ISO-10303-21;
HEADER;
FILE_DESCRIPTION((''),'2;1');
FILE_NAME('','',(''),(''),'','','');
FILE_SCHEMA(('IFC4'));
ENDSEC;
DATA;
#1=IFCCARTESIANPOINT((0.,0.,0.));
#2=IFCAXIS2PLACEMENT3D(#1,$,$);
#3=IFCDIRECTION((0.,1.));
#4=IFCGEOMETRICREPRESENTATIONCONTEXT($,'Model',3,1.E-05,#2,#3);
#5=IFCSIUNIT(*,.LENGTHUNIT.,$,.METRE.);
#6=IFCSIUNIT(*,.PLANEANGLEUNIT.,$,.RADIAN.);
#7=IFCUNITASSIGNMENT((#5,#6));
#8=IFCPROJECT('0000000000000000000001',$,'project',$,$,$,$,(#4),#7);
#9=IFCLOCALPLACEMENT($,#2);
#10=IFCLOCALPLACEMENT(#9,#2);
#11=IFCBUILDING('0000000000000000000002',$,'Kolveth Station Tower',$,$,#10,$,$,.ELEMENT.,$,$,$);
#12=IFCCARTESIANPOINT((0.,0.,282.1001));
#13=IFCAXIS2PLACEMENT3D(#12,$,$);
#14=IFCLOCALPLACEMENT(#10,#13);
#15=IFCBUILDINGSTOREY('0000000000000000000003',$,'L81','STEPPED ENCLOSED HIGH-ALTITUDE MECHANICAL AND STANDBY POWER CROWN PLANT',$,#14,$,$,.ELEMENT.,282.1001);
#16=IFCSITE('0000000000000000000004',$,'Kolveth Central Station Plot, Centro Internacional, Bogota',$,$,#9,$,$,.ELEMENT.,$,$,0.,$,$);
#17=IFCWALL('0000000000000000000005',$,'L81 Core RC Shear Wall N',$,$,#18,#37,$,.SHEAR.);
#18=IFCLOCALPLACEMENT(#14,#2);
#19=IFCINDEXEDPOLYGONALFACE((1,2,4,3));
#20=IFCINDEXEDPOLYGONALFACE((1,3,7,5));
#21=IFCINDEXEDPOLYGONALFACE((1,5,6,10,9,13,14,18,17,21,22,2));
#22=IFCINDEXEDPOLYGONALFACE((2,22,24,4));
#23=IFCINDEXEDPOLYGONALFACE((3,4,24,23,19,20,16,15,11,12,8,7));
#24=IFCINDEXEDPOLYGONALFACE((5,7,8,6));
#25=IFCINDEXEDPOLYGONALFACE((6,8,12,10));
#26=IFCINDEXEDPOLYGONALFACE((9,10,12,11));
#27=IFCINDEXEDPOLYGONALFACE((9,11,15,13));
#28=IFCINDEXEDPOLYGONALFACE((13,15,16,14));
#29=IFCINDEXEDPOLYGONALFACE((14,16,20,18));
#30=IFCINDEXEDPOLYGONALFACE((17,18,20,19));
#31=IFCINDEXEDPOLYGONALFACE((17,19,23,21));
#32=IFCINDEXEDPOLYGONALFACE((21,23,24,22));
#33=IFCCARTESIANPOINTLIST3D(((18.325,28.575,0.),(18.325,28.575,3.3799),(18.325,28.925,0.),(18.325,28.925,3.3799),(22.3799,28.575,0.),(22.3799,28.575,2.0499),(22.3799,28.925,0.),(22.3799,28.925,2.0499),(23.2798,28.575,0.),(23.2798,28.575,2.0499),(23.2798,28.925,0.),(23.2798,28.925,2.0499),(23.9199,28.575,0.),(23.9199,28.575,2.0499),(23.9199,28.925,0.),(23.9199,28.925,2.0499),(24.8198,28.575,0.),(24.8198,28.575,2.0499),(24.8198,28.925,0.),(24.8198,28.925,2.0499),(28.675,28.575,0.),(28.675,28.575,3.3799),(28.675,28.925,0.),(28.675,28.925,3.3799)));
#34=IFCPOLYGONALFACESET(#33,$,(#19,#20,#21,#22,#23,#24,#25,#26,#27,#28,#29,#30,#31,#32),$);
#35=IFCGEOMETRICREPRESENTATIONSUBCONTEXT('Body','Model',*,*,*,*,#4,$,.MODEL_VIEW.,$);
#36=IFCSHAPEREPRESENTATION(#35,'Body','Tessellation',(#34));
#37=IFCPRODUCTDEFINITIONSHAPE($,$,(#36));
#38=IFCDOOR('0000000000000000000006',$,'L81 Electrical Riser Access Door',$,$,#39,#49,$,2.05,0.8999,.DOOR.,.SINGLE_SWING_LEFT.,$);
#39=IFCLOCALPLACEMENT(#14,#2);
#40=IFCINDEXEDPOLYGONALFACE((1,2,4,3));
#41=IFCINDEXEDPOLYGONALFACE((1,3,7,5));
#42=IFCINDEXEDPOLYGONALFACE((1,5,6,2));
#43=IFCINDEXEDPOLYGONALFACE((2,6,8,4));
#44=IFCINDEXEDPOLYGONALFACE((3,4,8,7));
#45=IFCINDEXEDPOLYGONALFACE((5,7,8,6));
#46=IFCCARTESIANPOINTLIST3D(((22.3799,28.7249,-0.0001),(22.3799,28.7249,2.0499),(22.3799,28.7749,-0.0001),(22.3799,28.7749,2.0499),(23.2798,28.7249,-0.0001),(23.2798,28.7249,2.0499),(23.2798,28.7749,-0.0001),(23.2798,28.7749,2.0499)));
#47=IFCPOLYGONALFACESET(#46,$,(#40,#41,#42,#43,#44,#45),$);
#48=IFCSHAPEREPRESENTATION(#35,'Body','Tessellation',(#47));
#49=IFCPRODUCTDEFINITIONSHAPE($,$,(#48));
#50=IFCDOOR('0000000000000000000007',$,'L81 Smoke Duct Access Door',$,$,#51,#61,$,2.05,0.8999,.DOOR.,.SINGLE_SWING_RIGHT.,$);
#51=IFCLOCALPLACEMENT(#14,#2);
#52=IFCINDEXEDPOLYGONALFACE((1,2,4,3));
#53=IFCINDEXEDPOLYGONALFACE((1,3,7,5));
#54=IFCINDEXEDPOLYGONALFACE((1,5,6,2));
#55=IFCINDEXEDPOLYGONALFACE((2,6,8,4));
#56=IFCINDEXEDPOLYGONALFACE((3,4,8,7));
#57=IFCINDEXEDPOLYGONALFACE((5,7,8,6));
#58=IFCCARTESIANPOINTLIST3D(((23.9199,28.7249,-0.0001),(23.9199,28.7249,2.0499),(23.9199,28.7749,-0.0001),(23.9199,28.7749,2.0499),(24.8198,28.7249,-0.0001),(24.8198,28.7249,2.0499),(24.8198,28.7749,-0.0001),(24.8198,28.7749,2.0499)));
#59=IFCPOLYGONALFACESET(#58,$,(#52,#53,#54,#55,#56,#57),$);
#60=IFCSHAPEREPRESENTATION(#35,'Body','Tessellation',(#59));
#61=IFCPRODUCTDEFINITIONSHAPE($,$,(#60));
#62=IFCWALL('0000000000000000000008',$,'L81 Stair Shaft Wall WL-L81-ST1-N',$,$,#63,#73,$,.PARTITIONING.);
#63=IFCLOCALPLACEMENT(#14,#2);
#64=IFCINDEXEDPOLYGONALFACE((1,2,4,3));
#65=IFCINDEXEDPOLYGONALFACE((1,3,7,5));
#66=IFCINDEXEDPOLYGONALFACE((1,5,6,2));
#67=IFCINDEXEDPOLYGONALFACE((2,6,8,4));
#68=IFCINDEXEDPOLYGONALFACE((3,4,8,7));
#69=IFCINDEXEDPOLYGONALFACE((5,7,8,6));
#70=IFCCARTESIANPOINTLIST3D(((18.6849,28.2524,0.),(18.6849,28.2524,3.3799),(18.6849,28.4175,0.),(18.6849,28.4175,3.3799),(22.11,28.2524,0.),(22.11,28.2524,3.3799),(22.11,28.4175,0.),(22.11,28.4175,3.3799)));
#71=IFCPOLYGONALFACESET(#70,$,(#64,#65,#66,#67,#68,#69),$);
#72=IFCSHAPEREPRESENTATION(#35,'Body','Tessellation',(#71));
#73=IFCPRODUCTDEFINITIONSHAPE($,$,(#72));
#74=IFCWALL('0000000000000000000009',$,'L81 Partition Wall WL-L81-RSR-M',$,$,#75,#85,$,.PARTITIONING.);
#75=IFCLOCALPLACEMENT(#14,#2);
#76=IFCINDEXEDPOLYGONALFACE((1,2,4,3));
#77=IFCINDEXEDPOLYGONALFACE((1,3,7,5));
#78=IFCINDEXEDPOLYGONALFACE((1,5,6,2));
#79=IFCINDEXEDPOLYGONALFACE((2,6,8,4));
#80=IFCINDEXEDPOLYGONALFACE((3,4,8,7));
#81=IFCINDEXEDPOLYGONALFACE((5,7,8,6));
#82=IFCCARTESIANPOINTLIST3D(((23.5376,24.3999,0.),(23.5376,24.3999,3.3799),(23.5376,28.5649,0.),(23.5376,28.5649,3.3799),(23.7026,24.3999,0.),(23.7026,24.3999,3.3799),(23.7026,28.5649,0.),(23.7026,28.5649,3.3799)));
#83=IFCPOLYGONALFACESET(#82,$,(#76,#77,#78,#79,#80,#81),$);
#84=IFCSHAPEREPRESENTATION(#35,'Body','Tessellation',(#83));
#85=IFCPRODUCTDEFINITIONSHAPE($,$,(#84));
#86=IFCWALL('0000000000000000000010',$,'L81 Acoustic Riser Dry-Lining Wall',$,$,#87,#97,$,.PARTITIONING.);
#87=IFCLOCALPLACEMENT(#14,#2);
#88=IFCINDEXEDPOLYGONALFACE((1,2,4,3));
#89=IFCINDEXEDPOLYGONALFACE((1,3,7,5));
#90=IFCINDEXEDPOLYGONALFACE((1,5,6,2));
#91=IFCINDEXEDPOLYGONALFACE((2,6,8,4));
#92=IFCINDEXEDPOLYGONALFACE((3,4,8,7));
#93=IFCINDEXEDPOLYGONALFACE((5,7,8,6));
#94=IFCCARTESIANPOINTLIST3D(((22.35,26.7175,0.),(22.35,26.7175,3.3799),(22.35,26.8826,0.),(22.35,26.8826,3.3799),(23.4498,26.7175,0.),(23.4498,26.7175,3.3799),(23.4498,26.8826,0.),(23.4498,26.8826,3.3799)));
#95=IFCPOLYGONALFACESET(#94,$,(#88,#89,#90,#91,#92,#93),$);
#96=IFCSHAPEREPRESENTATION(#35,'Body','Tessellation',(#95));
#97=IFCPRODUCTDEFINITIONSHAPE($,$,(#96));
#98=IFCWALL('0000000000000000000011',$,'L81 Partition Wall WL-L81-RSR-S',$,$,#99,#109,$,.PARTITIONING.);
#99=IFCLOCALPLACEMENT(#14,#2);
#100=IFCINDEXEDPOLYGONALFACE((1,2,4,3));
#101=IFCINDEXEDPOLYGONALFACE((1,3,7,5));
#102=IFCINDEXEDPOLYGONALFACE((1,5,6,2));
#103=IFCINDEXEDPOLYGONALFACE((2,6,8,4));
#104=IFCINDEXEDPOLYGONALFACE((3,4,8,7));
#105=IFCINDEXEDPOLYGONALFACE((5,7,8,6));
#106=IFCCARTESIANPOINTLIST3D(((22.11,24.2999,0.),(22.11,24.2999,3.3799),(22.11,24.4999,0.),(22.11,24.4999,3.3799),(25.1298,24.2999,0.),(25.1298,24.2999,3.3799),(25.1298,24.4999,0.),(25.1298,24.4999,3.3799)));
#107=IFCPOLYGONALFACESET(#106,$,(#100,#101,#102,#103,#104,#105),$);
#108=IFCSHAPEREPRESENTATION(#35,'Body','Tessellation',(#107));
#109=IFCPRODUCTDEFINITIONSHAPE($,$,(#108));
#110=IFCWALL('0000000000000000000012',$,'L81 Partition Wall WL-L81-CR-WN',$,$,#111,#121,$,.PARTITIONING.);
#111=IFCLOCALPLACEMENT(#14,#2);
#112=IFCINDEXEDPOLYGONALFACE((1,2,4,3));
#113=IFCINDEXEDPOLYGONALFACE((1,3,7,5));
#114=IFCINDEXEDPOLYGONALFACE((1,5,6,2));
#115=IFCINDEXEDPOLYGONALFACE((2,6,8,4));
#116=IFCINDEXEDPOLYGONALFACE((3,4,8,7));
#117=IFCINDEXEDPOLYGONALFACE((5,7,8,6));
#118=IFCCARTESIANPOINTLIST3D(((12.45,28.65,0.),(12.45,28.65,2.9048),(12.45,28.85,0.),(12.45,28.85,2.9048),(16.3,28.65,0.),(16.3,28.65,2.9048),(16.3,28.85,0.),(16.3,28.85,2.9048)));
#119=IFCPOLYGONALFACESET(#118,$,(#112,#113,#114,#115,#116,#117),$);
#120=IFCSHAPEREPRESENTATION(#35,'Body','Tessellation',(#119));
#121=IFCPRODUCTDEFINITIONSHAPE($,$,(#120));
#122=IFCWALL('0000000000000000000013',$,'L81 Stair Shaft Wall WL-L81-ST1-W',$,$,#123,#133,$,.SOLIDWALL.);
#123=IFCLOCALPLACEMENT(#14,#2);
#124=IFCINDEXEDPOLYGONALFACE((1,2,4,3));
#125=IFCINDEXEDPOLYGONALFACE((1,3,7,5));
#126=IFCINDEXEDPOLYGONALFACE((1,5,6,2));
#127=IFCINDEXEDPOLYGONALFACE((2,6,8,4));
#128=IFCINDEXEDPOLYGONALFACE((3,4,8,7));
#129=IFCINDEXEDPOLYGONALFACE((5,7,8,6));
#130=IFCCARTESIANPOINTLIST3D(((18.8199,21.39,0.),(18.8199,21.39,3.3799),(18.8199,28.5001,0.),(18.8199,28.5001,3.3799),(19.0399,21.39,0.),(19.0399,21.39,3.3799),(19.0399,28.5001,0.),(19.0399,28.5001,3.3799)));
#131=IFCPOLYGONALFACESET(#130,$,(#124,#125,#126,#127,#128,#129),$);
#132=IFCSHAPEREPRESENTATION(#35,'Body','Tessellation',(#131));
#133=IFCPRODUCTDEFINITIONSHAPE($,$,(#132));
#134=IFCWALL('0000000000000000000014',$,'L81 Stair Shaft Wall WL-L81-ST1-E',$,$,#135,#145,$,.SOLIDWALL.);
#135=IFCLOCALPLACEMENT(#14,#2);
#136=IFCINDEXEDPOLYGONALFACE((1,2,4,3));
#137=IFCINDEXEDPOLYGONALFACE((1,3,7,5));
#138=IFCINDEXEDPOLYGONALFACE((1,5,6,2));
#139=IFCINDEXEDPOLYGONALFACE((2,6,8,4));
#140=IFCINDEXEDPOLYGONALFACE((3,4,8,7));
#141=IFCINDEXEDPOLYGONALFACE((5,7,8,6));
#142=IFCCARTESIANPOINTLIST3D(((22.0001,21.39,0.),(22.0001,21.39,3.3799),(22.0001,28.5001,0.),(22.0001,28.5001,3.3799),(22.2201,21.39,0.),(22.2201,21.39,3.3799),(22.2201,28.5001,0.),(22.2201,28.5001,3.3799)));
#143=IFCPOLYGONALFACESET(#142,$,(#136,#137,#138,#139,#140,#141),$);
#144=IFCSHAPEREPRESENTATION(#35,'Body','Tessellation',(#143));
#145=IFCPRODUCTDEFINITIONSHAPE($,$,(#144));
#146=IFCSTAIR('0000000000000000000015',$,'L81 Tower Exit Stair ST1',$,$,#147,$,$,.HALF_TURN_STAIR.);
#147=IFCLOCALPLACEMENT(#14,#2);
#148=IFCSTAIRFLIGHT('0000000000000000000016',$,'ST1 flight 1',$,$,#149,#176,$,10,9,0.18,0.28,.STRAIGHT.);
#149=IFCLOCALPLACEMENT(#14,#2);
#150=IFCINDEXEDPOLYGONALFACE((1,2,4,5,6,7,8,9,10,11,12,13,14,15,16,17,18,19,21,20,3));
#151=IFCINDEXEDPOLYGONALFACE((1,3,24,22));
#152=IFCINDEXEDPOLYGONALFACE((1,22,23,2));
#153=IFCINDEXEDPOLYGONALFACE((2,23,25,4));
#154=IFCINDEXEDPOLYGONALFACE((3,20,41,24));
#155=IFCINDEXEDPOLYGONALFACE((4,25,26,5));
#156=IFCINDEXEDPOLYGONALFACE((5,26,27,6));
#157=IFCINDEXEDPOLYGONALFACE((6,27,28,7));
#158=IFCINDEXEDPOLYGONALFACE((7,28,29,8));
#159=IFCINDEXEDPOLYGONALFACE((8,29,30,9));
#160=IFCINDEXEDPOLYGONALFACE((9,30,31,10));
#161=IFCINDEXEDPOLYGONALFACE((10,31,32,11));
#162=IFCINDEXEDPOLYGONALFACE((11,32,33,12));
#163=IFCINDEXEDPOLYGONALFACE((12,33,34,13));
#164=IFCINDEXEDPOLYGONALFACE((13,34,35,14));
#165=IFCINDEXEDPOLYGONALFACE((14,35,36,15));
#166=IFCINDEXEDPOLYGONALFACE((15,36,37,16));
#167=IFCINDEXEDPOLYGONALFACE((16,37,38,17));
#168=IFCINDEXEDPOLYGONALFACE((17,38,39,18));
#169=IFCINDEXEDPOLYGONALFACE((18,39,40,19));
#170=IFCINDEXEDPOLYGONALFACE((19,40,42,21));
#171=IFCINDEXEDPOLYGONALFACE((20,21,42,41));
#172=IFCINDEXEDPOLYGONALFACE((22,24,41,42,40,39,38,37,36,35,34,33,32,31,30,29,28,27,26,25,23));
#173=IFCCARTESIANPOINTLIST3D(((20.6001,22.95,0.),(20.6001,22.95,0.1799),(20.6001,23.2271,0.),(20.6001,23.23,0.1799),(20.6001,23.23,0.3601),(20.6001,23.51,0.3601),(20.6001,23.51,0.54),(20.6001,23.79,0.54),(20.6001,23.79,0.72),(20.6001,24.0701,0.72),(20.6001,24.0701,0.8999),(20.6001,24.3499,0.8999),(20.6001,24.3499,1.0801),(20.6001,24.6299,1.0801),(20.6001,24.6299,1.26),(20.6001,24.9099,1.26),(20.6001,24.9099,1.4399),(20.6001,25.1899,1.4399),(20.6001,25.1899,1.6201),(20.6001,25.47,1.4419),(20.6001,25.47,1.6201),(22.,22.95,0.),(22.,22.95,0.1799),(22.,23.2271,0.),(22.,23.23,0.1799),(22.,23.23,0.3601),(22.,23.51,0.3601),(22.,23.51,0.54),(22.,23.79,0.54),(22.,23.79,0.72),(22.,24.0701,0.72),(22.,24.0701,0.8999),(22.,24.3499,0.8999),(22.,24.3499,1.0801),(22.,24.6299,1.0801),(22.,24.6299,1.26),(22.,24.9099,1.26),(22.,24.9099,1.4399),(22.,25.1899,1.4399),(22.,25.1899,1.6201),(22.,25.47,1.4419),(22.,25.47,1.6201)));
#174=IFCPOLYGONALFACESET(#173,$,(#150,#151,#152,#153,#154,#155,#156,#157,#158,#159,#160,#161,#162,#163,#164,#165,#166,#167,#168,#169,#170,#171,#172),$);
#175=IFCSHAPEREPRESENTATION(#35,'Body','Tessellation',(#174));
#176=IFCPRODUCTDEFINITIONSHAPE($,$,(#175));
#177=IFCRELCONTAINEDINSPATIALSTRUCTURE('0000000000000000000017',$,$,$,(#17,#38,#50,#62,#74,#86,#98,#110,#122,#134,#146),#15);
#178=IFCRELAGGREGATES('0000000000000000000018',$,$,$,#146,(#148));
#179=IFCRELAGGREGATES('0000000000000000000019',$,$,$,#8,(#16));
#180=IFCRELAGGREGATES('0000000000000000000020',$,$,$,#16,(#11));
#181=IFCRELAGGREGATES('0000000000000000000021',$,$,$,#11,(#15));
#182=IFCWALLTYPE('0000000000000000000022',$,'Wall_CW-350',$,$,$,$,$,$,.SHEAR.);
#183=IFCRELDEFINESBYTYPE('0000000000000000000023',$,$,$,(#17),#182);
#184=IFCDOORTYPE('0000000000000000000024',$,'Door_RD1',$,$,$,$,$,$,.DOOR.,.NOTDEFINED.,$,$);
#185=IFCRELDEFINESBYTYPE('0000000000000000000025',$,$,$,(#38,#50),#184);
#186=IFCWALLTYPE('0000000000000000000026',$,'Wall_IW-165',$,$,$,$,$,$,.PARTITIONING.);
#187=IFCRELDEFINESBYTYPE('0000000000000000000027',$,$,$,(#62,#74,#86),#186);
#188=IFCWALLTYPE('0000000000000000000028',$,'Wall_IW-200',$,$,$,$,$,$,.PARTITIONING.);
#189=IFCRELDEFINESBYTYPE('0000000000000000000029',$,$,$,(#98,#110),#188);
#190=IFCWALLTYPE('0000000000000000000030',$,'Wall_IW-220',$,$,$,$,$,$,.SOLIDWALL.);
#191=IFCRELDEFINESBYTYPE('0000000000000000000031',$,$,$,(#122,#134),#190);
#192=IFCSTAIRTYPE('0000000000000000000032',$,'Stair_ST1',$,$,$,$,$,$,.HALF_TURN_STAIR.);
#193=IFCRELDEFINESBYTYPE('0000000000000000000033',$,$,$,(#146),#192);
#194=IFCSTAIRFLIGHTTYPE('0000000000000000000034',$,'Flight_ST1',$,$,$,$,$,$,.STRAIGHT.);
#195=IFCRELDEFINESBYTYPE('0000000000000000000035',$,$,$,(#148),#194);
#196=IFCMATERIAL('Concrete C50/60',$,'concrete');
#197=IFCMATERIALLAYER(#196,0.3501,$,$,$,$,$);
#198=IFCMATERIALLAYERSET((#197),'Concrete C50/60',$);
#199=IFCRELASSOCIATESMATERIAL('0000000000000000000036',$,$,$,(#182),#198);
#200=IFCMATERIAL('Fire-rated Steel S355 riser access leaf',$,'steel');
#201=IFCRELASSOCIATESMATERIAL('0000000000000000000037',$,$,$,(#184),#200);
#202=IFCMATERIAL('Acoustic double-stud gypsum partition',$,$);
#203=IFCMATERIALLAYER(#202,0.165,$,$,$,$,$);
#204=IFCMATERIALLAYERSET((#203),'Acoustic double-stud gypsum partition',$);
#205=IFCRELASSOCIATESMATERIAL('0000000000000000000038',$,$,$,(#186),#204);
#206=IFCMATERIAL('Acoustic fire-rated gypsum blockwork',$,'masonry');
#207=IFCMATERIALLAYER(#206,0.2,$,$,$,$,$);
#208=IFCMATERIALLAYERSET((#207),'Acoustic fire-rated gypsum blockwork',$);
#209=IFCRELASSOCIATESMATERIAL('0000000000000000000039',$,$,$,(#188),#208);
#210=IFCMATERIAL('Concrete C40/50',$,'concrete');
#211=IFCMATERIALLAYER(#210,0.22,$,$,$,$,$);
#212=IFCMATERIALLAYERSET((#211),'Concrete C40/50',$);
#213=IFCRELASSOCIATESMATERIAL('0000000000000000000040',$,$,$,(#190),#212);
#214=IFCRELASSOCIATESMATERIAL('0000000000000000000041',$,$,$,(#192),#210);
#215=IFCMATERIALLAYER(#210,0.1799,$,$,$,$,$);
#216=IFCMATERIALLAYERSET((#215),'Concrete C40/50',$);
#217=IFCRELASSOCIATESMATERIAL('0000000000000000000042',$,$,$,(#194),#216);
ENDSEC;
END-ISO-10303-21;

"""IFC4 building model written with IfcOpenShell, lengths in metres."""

from ifc_helpers import new_model, si_unit, direction, frame, frame_2d, origin, place, context, subcontext, project, spatial, polyline, rectangle, outline, extrude, material, layer, layer_set, type_object, element, fill, aggregate, save


model = new_model("IFC4")

# Units and contexts
model_context = context("Model", 3, precision=1e-05, world=origin(), true_north=direction((0.0, 1.0)))
body_context = subcontext(model_context, "Body", "Model", "MODEL_VIEW")
ifc_project = project(units=[si_unit("LENGTHUNIT", "METRE"), si_unit("PLANEANGLEUNIT", "RADIAN")], contexts=[model_context])

# Site, building, storey
site_placement = place(None, origin())
site = spatial("IfcSite", under=ifc_project, at=site_placement, Name="Kolveth Central Station Plot, Centro Internacional, Bogota", CompositionType="ELEMENT", RefElevation=0.0)
building_placement = place(site_placement, origin())
building = spatial("IfcBuilding", under=site, at=building_placement, Name="Kolveth Station Tower", CompositionType="ELEMENT")
storey_placement = place(building_placement, frame((0.0, 0.0, 282.1001)))
storey = spatial("IfcBuildingStorey", under=building, at=storey_placement, Name="L81", Description="STEPPED ENCLOSED HIGH-ALTITUDE MECHANICAL AND STANDBY POWER CROWN PLANT", CompositionType="ELEMENT", Elevation=282.1001)

# Wall, openings, doors
ifc_material_1 = material(Name="Concrete C50/60", Category="concrete")
ifc_layer_1 = layer(ifc_material_1, 0.3501)
ifc_layer_set_1 = layer_set([ifc_layer_1], Name="Concrete C50/60")
wall_type_1 = type_object("IfcWallType", Name="Wall_CW-350", PredefinedType="SHEAR", material=ifc_layer_set_1)
wall_1_placement = place(storey_placement, frame((18.325, 28.75, 0.0), z_axis=(0.0, 0.0, 1.0), x_axis=(1.0, 0.0, 0.0)))
wall_1 = element("IfcWall", 1, at=wall_1_placement, inside=storey, type_object=wall_type_1, Name="L81 Core RC Shear Wall N", PredefinedType="SHEAR", context=body_context, shape_type="SweptSolid", body=[
    extrude(rectangle(XDim=10.3501, YDim=0.3501, at=frame_2d((5.175, 0.0))), origin(), (0.0, 0.0, 1.0), 3.3799),
])
opening_1_placement = place(wall_1_placement, frame((4.0549, 0.0, 0.0)))
opening_1 = element("IfcOpeningElement", 2, at=opening_1_placement, cuts=wall_1, PredefinedType="OPENING", context=body_context, shape_type="SweptSolid", body=[
    extrude(rectangle(XDim=0.8999, YDim=2.05, at=frame_2d((0.45, 1.0249))), frame((0.0, 0.1851, 0.0), z_axis=(0.0, -1.0, 0.0), x_axis=(1.0, 0.0, 0.0)), (0.0, 0.0, 1.0), 0.3701),
])
opening_2_placement = place(wall_1_placement, frame((5.595, 0.0, 0.0)))
opening_2 = element("IfcOpeningElement", 3, at=opening_2_placement, cuts=wall_1, PredefinedType="OPENING", context=body_context, shape_type="SweptSolid", body=[
    extrude(rectangle(XDim=0.8999, YDim=2.05, at=frame_2d((0.45, 1.0249))), frame((0.0, 0.1851, 0.0), z_axis=(0.0, -1.0, 0.0), x_axis=(1.0, 0.0, 0.0)), (0.0, 0.0, 1.0), 0.3701),
])
ifc_material_2 = material(Name="Fire-rated Steel S355 riser access leaf", Category="steel")
door_type = type_object("IfcDoorType", Name="Door_RD1", OperationType="NOTDEFINED", PredefinedType="DOOR", material=ifc_material_2)
door_1_placement = place(opening_1_placement, origin())
door_1 = element("IfcDoor", 4, at=door_1_placement, inside=storey, type_object=door_type, Name="L81 Electrical Riser Access Door", OperationType="SINGLE_SWING_LEFT", OverallHeight=2.05, OverallWidth=0.8999, PredefinedType="DOOR", context=body_context, shape_type="SweptSolid", body=[
    extrude(rectangle(XDim=0.8999, YDim=2.05, at=frame_2d((0.45, 1.0249))), frame((0.0, 0.0249, 0.0), z_axis=(0.0, -1.0, 0.0), x_axis=(1.0, 0.0, 0.0)), (0.0, 0.0, 1.0), 0.05),
])
fill(opening_1, door_1)
door_2_placement = place(opening_2_placement, origin())
door_2 = element("IfcDoor", 5, at=door_2_placement, inside=storey, type_object=door_type, Name="L81 Smoke Duct Access Door", OperationType="SINGLE_SWING_RIGHT", OverallHeight=2.05, OverallWidth=0.8999, PredefinedType="DOOR", context=body_context, shape_type="SweptSolid", body=[
    extrude(rectangle(XDim=0.8999, YDim=2.05, at=frame_2d((0.45, 1.0249))), frame((0.0, 0.0249, 0.0), z_axis=(0.0, -1.0, 0.0), x_axis=(1.0, 0.0, 0.0)), (0.0, 0.0, 1.0), 0.05),
])
fill(opening_2, door_2)

# Walls
ifc_material_3 = material(Name="Acoustic double-stud gypsum partition")
ifc_layer_2 = layer(ifc_material_3, 0.165)
ifc_layer_set_2 = layer_set([ifc_layer_2], Name="Acoustic double-stud gypsum partition")
wall_type_2 = type_object("IfcWallType", Name="Wall_IW-165", PredefinedType="PARTITIONING", material=ifc_layer_set_2)
wall_2_placement = place(storey_placement, frame((18.6851, 28.335, 0.0), z_axis=(0.0, 0.0, 1.0), x_axis=(1.0, 0.0, 0.0)))
element("IfcWall", 6, at=wall_2_placement, inside=storey, type_object=wall_type_2, Name="L81 Stair Shaft Wall WL-L81-ST1-N", PredefinedType="PARTITIONING", context=body_context, shape_type="SweptSolid", body=[
    extrude(rectangle(XDim=3.425, YDim=0.165, at=frame_2d((1.7124, 0.0))), origin(), (0.0, 0.0, 1.0), 3.3799),
])
wall_3_placement = place(storey_placement, frame((23.6201, 24.3999, 0.0), z_axis=(0.0, 0.0, 1.0), x_axis=(0.0, 1.0, 0.0)))
element("IfcWall", 7, at=wall_3_placement, inside=storey, type_object=wall_type_2, Name="L81 Partition Wall WL-L81-RSR-M", PredefinedType="PARTITIONING", context=body_context, shape_type="SweptSolid", body=[
    extrude(rectangle(XDim=4.165, YDim=0.165, at=frame_2d((2.0825, 0.0))), origin(), (0.0, 0.0, 1.0), 3.3799),
])
wall_4_placement = place(storey_placement, frame((22.3501, 26.8, 0.0), z_axis=(0.0, 0.0, 1.0), x_axis=(1.0, 0.0, 0.0)))
element("IfcWall", 8, at=wall_4_placement, inside=storey, type_object=wall_type_2, Name="L81 Acoustic Riser Dry-Lining Wall", PredefinedType="PARTITIONING", context=body_context, shape_type="SweptSolid", body=[
    extrude(rectangle(XDim=1.0999, YDim=0.165, at=frame_2d((0.5498, 0.0))), origin(), (0.0, 0.0, 1.0), 3.3799),
])
ifc_material_4 = material(Name="Acoustic fire-rated gypsum blockwork", Category="masonry")
ifc_layer_3 = layer(ifc_material_4, 0.2)
ifc_layer_set_3 = layer_set([ifc_layer_3], Name="Acoustic fire-rated gypsum blockwork")
wall_type_3 = type_object("IfcWallType", Name="Wall_IW-200", PredefinedType="PARTITIONING", material=ifc_layer_set_3)
wall_5_placement = place(storey_placement, frame((22.1101, 24.3999, 0.0), z_axis=(0.0, 0.0, 1.0), x_axis=(1.0, 0.0, 0.0)))
element("IfcWall", 9, at=wall_5_placement, inside=storey, type_object=wall_type_3, Name="L81 Partition Wall WL-L81-RSR-S", PredefinedType="PARTITIONING", context=body_context, shape_type="SweptSolid", body=[
    extrude(rectangle(XDim=3.0198, YDim=0.2, at=frame_2d((1.5098, 0.0))), origin(), (0.0, 0.0, 1.0), 3.3799),
])
wall_6_placement = place(storey_placement, frame((12.45, 28.75, 0.0), z_axis=(0.0, 0.0, 1.0), x_axis=(1.0, 0.0, 0.0)))
element("IfcWall", 10, at=wall_6_placement, inside=storey, type_object=wall_type_3, Name="L81 Partition Wall WL-L81-CR-WN", PredefinedType="PARTITIONING", context=body_context, shape_type="SweptSolid", body=[
    extrude(rectangle(XDim=3.8501, YDim=0.2, at=frame_2d((1.925, 0.0))), origin(), (0.0, 0.0, 1.0), 2.9048),
])
ifc_material_5 = material(Name="Concrete C40/50", Category="concrete")
ifc_layer_4 = layer(ifc_material_5, 0.22)
ifc_layer_set_4 = layer_set([ifc_layer_4], Name="Concrete C40/50")
wall_type_4 = type_object("IfcWallType", Name="Wall_IW-220", PredefinedType="SOLIDWALL", material=ifc_layer_set_4)
for number, where, z_axis, x_axis, name in (
    (11, (18.9299, 21.3899, 0.0), (0.0, 0.0, 1.0), (0.0, 1.0, 0.0), "L81 Stair Shaft Wall WL-L81-ST1-W"),
    (12, (22.1101, 21.3899, 0.0), (0.0, 0.0, 1.0), (0.0, 1.0, 0.0), "L81 Stair Shaft Wall WL-L81-ST1-E"),
):
    element("IfcWall", number, at=place(storey_placement, frame(where, z_axis=z_axis, x_axis=x_axis)), inside=storey, type_object=wall_type_4, Name=name, PredefinedType="SOLIDWALL", context=body_context, shape_type="SweptSolid", body=[
        extrude(rectangle(XDim=7.1101, YDim=0.22, at=frame_2d((3.5552, 0.0))), origin(), (0.0, 0.0, 1.0), 3.3799),
    ])

# Stair, stair flight
stair_type = type_object("IfcStairType", Name="Stair_ST1", PredefinedType="HALF_TURN_STAIR", material=ifc_material_5)
stair_placement = place(storey_placement, origin())
stair = element("IfcStair", 13, at=stair_placement, inside=storey, type_object=stair_type, Name="L81 Tower Exit Stair ST1", PredefinedType="HALF_TURN_STAIR")
ifc_layer_5 = layer(ifc_material_5, 0.1799)
ifc_layer_set_5 = layer_set([ifc_layer_5], Name="Concrete C40/50")
stair_flight_type = type_object("IfcStairFlightType", Name="Flight_ST1", PredefinedType="STRAIGHT", material=ifc_layer_set_5)
stair_flight_1_placement = place(storey_placement, frame((21.3, 22.95, 0.0), z_axis=(0.0, 0.0, 1.0), x_axis=(0.0, 1.0, 0.0)))
stair_flight_1 = element("IfcStairFlight", 14, at=stair_flight_1_placement, type_object=stair_flight_type, Name="ST1 flight 1", NumberOfRisers=10, NumberOfTreads=9, PredefinedType="STRAIGHT", RiserHeight=0.18, TreadLength=0.28, context=body_context, shape_type="SweptSolid", body=[
    extrude(outline(polyline([(0.0, 0.0), (0.0, 0.1799), (0.28, 0.1799), (0.28, 0.3601), (0.5601, 0.3601), (0.5601, 0.54), (0.8401, 0.54), (0.8401, 0.72), (1.1201, 0.72), (1.1201, 0.8999), (1.3999, 0.8999), (1.3999, 1.0801), (1.6799, 1.0801), (1.6799, 1.26), (1.96, 1.26), (1.96, 1.4399), (2.24, 1.4399), (2.24, 1.6201), (2.52, 1.6201), (2.52, 1.8), (2.52, 1.4419), (0.2771, 0.0), (0.0, 0.0)])), frame((0.0, 0.7, 0.0), z_axis=(0.0, -1.0, 0.0), x_axis=(1.0, 0.0, 0.0)), (0.0, 0.0, 1.0), 1.3999),
])
aggregate(stair, [stair_flight_1])

save(model, "model.ifc")
